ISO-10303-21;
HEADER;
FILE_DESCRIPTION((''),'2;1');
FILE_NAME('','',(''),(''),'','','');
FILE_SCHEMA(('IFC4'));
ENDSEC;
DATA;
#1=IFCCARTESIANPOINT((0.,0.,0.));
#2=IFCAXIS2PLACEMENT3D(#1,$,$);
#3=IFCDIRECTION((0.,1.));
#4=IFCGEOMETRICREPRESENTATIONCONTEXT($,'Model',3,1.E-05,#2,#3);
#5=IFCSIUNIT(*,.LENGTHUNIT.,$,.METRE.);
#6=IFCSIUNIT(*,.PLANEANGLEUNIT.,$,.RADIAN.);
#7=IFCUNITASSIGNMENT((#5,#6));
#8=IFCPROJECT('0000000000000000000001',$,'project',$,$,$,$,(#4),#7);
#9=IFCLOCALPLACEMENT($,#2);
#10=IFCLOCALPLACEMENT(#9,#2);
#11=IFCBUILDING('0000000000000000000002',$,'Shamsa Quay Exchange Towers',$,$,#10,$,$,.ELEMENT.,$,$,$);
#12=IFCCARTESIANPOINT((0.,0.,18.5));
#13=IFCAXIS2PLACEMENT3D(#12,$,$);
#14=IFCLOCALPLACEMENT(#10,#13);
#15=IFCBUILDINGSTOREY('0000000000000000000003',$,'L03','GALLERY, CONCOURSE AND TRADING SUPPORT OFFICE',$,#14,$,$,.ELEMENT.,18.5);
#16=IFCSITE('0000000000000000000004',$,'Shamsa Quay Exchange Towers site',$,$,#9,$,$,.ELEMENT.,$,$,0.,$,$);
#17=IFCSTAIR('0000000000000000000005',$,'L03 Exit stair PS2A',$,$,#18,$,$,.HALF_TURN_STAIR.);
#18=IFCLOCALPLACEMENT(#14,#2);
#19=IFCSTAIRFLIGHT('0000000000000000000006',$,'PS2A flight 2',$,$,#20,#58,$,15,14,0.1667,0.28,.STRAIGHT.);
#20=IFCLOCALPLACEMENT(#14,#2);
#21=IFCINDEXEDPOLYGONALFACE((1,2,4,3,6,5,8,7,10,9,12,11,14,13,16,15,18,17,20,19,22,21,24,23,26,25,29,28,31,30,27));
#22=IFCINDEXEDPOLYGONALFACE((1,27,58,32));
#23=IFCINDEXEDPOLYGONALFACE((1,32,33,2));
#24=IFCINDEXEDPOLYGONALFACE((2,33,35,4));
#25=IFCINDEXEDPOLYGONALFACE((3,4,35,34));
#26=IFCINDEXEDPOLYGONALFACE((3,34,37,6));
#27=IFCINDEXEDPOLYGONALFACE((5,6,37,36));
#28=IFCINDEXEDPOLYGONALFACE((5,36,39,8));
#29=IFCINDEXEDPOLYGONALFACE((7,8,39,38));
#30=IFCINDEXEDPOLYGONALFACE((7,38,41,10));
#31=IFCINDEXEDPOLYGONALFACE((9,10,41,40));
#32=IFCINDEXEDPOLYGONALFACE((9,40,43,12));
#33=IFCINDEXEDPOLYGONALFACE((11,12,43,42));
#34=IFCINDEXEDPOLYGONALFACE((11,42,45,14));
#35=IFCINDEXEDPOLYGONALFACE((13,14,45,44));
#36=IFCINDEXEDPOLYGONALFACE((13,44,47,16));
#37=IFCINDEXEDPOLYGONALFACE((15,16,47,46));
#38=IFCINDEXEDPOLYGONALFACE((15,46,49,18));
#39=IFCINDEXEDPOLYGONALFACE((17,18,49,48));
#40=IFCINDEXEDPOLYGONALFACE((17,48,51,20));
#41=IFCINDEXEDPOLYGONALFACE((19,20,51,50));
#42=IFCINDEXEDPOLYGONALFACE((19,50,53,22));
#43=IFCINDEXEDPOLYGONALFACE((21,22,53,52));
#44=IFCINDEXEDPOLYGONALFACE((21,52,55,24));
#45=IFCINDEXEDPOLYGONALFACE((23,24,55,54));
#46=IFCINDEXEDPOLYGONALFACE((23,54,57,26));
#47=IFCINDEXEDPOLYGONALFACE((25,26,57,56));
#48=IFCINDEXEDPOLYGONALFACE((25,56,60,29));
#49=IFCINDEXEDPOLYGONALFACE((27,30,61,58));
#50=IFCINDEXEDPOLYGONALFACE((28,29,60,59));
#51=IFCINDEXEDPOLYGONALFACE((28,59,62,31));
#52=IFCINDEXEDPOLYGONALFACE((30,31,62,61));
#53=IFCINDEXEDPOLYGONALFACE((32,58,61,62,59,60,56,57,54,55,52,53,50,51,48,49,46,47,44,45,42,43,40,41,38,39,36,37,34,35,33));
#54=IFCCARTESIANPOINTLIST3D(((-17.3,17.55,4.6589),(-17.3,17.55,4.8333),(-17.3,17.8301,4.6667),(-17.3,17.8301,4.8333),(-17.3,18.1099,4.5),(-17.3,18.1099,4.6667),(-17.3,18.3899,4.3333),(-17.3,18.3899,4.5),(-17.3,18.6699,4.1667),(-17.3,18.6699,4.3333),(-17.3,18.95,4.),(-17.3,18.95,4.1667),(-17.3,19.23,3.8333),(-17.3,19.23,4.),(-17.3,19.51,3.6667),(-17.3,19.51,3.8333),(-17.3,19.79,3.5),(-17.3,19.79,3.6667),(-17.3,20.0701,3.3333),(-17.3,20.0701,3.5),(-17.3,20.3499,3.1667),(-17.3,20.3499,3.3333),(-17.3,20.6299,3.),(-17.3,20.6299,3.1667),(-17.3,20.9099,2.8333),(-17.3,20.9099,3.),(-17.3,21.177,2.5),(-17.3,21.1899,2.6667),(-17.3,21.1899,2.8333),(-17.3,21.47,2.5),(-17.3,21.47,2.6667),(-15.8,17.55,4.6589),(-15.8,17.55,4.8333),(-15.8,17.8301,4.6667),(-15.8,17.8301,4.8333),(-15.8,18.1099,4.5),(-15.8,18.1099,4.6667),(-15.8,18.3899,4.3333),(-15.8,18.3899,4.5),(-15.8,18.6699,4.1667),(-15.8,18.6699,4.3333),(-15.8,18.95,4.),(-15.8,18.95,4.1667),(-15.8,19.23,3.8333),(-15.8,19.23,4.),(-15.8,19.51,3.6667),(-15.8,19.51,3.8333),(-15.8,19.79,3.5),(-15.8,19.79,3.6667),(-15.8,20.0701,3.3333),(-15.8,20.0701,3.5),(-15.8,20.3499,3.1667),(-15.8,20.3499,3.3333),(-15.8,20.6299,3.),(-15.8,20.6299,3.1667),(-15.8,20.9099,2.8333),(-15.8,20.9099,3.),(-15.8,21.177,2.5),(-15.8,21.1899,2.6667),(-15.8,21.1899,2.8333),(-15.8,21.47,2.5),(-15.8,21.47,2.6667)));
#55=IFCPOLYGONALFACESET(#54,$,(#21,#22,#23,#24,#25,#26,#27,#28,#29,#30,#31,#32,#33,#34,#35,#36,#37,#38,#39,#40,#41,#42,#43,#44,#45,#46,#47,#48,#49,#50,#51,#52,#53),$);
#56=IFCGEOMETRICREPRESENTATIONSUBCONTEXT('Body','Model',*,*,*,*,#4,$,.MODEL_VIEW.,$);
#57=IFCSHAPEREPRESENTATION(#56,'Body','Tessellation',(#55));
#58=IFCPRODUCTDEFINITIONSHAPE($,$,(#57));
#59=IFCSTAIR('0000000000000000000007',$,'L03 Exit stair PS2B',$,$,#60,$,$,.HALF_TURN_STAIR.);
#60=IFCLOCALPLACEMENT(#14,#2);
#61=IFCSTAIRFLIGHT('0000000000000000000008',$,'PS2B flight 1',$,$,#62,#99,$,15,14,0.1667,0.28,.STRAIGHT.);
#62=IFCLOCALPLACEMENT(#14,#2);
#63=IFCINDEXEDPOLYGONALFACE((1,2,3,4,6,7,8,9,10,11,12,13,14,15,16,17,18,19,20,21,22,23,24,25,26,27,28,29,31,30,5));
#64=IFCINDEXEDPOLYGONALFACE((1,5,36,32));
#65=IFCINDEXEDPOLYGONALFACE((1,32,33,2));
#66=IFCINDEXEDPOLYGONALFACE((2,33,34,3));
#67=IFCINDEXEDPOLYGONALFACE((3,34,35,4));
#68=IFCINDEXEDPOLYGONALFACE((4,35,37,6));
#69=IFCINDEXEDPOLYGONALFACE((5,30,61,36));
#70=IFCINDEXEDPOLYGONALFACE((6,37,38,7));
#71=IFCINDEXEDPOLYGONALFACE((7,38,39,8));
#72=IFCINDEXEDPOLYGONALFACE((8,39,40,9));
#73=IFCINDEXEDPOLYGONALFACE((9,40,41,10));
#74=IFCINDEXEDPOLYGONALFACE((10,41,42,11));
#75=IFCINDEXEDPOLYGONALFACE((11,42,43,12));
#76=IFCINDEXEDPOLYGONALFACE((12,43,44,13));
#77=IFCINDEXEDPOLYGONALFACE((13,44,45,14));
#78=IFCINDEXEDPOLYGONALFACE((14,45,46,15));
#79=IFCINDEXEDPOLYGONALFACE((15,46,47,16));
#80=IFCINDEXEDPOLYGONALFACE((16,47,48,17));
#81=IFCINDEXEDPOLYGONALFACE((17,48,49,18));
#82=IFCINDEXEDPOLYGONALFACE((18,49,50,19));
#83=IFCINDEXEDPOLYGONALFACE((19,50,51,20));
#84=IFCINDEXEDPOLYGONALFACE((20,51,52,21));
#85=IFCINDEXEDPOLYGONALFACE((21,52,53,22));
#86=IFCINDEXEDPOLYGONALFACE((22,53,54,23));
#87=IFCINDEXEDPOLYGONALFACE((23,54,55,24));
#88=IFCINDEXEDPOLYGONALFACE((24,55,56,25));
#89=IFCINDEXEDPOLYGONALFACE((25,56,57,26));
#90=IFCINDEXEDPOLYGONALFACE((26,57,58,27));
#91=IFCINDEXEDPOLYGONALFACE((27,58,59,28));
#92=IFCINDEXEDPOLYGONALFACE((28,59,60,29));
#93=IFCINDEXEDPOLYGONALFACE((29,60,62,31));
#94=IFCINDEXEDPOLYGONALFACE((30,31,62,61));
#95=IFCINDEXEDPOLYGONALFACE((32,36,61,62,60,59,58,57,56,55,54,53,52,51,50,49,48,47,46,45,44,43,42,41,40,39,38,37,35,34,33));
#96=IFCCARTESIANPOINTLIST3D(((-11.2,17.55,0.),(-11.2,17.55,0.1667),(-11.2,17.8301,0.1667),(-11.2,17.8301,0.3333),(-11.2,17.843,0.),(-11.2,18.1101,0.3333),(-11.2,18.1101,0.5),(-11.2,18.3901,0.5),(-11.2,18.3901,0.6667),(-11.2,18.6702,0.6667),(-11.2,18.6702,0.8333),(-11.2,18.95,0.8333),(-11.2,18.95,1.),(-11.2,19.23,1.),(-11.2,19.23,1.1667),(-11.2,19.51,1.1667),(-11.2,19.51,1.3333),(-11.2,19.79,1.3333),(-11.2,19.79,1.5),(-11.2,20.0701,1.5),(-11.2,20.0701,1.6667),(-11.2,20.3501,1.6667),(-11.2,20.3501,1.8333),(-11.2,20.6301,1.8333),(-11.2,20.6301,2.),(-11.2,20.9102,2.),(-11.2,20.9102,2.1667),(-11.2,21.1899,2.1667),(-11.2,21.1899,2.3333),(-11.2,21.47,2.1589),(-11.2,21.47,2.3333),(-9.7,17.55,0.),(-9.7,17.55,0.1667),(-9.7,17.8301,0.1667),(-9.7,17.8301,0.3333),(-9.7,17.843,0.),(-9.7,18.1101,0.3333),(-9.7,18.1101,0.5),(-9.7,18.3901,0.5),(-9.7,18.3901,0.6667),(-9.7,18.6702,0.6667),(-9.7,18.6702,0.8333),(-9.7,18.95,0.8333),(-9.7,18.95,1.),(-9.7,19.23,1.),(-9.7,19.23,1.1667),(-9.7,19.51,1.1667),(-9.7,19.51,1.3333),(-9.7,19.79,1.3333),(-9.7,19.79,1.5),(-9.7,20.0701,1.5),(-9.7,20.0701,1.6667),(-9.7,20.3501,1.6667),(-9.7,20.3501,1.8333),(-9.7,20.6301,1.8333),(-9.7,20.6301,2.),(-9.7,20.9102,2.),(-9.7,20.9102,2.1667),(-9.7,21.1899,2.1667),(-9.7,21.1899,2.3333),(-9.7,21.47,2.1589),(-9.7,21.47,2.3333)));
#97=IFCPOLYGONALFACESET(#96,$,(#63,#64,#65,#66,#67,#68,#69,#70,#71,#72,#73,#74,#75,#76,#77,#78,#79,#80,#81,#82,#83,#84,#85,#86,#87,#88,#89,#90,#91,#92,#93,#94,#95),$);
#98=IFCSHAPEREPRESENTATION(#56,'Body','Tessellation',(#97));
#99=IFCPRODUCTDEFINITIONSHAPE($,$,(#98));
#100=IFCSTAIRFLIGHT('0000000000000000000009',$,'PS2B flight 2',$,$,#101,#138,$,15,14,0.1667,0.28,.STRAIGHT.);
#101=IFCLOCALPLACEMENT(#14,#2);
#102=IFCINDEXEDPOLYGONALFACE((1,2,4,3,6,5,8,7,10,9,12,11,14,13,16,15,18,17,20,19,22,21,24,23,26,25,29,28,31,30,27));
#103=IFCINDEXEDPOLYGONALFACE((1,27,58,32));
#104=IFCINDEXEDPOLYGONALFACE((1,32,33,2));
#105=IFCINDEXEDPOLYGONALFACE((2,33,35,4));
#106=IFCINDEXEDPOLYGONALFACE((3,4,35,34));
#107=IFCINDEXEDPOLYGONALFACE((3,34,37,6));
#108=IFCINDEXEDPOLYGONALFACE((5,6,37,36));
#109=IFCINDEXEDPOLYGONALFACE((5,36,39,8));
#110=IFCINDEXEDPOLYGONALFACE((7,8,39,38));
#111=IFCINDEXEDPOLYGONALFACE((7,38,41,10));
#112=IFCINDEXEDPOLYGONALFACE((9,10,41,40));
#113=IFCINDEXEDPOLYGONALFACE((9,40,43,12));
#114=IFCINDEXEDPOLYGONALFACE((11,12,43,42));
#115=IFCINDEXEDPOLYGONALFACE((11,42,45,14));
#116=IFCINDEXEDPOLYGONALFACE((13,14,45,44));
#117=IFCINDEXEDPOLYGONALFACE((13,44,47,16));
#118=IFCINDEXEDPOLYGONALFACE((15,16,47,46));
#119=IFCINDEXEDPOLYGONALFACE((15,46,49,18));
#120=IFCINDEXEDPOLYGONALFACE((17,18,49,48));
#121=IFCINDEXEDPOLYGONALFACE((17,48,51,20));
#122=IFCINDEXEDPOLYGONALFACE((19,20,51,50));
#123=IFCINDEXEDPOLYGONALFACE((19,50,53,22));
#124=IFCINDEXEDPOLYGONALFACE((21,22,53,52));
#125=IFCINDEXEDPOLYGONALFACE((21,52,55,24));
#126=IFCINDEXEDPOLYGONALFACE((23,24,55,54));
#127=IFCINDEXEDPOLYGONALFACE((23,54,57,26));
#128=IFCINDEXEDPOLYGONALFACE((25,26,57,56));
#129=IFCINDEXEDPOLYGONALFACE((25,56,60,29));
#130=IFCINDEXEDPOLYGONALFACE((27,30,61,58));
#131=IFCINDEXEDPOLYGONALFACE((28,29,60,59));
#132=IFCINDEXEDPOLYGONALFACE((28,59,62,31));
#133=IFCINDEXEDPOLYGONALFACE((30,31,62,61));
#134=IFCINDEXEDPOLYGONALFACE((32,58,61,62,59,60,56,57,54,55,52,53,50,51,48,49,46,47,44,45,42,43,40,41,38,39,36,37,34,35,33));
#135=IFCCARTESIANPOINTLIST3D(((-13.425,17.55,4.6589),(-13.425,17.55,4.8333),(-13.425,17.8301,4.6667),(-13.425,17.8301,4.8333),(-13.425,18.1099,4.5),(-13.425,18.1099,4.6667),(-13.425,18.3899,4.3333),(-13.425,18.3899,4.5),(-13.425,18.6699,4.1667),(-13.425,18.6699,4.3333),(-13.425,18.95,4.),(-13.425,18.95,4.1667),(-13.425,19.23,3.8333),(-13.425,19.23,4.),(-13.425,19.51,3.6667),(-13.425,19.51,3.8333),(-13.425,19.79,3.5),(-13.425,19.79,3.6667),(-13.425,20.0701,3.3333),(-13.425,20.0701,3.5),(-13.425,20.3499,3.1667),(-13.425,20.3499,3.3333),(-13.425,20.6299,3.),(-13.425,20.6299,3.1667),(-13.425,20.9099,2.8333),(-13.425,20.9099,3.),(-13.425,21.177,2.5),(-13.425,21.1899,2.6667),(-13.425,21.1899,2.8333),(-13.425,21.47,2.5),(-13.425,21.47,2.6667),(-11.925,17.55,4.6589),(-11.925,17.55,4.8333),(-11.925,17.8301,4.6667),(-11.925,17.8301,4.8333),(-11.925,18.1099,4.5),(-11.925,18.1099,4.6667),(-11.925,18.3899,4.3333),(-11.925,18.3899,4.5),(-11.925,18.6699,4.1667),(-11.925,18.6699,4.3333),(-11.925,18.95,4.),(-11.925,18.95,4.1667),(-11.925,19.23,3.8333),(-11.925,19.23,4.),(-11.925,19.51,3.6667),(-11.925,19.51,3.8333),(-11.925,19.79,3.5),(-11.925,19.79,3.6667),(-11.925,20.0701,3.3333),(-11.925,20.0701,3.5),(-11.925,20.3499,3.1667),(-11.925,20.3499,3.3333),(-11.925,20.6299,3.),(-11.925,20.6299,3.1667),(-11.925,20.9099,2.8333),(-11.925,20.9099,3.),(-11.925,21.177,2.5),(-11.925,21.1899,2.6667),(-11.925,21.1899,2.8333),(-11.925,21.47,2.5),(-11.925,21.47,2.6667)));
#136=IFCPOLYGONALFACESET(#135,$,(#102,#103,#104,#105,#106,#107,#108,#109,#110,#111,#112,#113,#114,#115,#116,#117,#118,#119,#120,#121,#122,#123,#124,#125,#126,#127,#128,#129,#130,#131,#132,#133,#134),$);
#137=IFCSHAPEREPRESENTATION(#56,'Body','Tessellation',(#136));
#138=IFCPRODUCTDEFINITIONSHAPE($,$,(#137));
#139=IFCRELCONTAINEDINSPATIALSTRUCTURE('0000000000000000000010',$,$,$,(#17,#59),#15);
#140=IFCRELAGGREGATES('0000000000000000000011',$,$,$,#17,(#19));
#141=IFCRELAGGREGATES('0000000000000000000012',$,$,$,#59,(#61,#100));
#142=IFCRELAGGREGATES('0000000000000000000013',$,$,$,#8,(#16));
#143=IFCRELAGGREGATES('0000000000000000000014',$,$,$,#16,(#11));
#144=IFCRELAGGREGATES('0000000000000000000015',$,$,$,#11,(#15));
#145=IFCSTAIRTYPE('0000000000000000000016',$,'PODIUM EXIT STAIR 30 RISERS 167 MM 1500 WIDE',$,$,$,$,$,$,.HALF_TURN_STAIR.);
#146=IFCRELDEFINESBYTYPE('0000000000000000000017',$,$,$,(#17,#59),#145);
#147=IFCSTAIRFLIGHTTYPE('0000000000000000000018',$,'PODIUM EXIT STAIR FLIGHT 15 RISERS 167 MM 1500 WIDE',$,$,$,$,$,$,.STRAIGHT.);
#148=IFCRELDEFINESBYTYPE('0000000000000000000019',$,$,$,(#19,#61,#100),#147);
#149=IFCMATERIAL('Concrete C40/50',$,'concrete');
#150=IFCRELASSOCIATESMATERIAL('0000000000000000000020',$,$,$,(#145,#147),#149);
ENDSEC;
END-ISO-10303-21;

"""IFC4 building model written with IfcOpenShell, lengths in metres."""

from ifc_helpers import new_model, si_unit, direction, frame, origin, place, context, subcontext, project, spatial, polyline, outline, extrude, material, type_object, element, aggregate, save


model = new_model("IFC4")

# Units and contexts
model_context = context("Model", 3, precision=1e-05, world=origin(), true_north=direction((0.0, 1.0)))
body_context = subcontext(model_context, "Body", "Model", "MODEL_VIEW")
ifc_project = project(units=[si_unit("LENGTHUNIT", "METRE"), si_unit("PLANEANGLEUNIT", "RADIAN")], contexts=[model_context])

# Site, building, storey
site_placement = place(None, origin())
site = spatial("IfcSite", under=ifc_project, at=site_placement, Name="Shamsa Quay Exchange Towers site", CompositionType="ELEMENT", RefElevation=0.0)
building_placement = place(site_placement, origin())
building = spatial("IfcBuilding", under=site, at=building_placement, Name="Shamsa Quay Exchange Towers", CompositionType="ELEMENT")
storey_placement = place(building_placement, frame((0.0, 0.0, 18.5)))
storey = spatial("IfcBuildingStorey", under=building, at=storey_placement, Name="L03", Description="GALLERY, CONCOURSE AND TRADING SUPPORT OFFICE", CompositionType="ELEMENT", Elevation=18.5)

# Stair, stair flight
ifc_material_1 = material(Name="Concrete C40/50", Category="concrete")
stair_type = type_object("IfcStairType", Name="PODIUM EXIT STAIR 30 RISERS 167 MM 1500 WIDE", PredefinedType="HALF_TURN_STAIR", material=ifc_material_1)
stair_1_placement = place(storey_placement, origin())
stair_1 = element("IfcStair", 1, at=stair_1_placement, inside=storey, type_object=stair_type, Name="L03 Exit stair PS2A", PredefinedType="HALF_TURN_STAIR")
stair_flight_type = type_object("IfcStairFlightType", Name="PODIUM EXIT STAIR FLIGHT 15 RISERS 167 MM 1500 WIDE", PredefinedType="STRAIGHT", material=ifc_material_1)
stair_flight_1_placement = place(storey_placement, frame((-16.55, 21.47, 2.5), z_axis=(0.0, 0.0, 1.0), x_axis=(0.0, -1.0, 0.0)))
stair_flight_1 = element("IfcStairFlight", 2, at=stair_flight_1_placement, type_object=stair_flight_type, Name="PS2A flight 2", NumberOfRisers=15, NumberOfTreads=14, PredefinedType="STRAIGHT", RiserHeight=0.1667, TreadLength=0.28, context=body_context, shape_type="SweptSolid", body=[
    extrude(outline(polyline([(0.0, 0.0), (0.0, 0.1667), (0.28, 0.1667), (0.28, 0.3333), (0.5601, 0.3333), (0.5601, 0.5), (0.8401, 0.5), (0.8401, 0.6667), (1.1201, 0.6667), (1.1201, 0.8333), (1.3999, 0.8333), (1.3999, 1.0), (1.6799, 1.0), (1.6799, 1.1667), (1.96, 1.1667), (1.96, 1.3333), (2.24, 1.3333), (2.24, 1.5), (2.52, 1.5), (2.52, 1.6667), (2.8, 1.6667), (2.8, 1.8333), (3.0801, 1.8333), (3.0801, 2.0), (3.3601, 2.0), (3.3601, 2.1667), (3.6399, 2.1667), (3.6399, 2.3333), (3.9199, 2.3333), (3.9199, 2.5), (3.9199, 2.1589), (0.293, 0.0), (0.0, 0.0)])), frame((0.0, 0.75, 0.0), z_axis=(0.0, -1.0, 0.0), x_axis=(1.0, 0.0, 0.0)), (0.0, 0.0, 1.0), 1.5),
])
aggregate(stair_1, [stair_flight_1])

# Stair, stair flights
stair_2_placement = place(storey_placement, origin())
stair_2 = element("IfcStair", 3, at=stair_2_placement, inside=storey, type_object=stair_type, Name="L03 Exit stair PS2B", PredefinedType="HALF_TURN_STAIR")
stair_flight_2_placement = place(storey_placement, frame((-10.45, 17.55, 0.0), z_axis=(0.0, 0.0, 1.0), x_axis=(0.0, 1.0, 0.0)))
stair_flight_2 = element("IfcStairFlight", 4, at=stair_flight_2_placement, type_object=stair_flight_type, Name="PS2B flight 1", NumberOfRisers=15, NumberOfTreads=14, PredefinedType="STRAIGHT", RiserHeight=0.1667, TreadLength=0.28, context=body_context, shape_type="SweptSolid", body=[
    extrude(outline(polyline([(0.0, 0.0), (0.0, 0.1667), (0.28, 0.1667), (0.28, 0.3333), (0.5601, 0.3333), (0.5601, 0.5), (0.8401, 0.5), (0.8401, 0.6667), (1.1201, 0.6667), (1.1201, 0.8333), (1.3999, 0.8333), (1.3999, 1.0), (1.6799, 1.0), (1.6799, 1.1667), (1.96, 1.1667), (1.96, 1.3333), (2.24, 1.3333), (2.24, 1.5), (2.52, 1.5), (2.52, 1.6667), (2.8, 1.6667), (2.8, 1.8333), (3.0801, 1.8333), (3.0801, 2.0), (3.3601, 2.0), (3.3601, 2.1667), (3.6399, 2.1667), (3.6399, 2.3333), (3.9199, 2.3333), (3.9199, 2.5), (3.9199, 2.1589), (0.293, 0.0), (0.0, 0.0)])), frame((0.0, 0.75, 0.0), z_axis=(0.0, -1.0, 0.0), x_axis=(1.0, 0.0, 0.0)), (0.0, 0.0, 1.0), 1.5),
])
stair_flight_3_placement = place(storey_placement, frame((-12.675, 21.47, 2.5), z_axis=(0.0, 0.0, 1.0), x_axis=(0.0, -1.0, 0.0)))
stair_flight_3 = element("IfcStairFlight", 5, at=stair_flight_3_placement, type_object=stair_flight_type, Name="PS2B flight 2", NumberOfRisers=15, NumberOfTreads=14, PredefinedType="STRAIGHT", RiserHeight=0.1667, TreadLength=0.28, context=body_context, shape_type="SweptSolid", body=[
    extrude(outline(polyline([(0.0, 0.0), (0.0, 0.1667), (0.28, 0.1667), (0.28, 0.3333), (0.5601, 0.3333), (0.5601, 0.5), (0.8401, 0.5), (0.8401, 0.6667), (1.1201, 0.6667), (1.1201, 0.8333), (1.3999, 0.8333), (1.3999, 1.0), (1.6799, 1.0), (1.6799, 1.1667), (1.96, 1.1667), (1.96, 1.3333), (2.24, 1.3333), (2.24, 1.5), (2.52, 1.5), (2.52, 1.6667), (2.8, 1.6667), (2.8, 1.8333), (3.0801, 1.8333), (3.0801, 2.0), (3.3601, 2.0), (3.3601, 2.1667), (3.6399, 2.1667), (3.6399, 2.3333), (3.9199, 2.3333), (3.9199, 2.5), (3.9199, 2.1589), (0.293, 0.0), (0.0, 0.0)])), frame((0.0, 0.75, 0.0), z_axis=(0.0, -1.0, 0.0), x_axis=(1.0, 0.0, 0.0)), (0.0, 0.0, 1.0), 1.5),
])
aggregate(stair_2, [stair_flight_2, stair_flight_3])

save(model, "model.ifc")
